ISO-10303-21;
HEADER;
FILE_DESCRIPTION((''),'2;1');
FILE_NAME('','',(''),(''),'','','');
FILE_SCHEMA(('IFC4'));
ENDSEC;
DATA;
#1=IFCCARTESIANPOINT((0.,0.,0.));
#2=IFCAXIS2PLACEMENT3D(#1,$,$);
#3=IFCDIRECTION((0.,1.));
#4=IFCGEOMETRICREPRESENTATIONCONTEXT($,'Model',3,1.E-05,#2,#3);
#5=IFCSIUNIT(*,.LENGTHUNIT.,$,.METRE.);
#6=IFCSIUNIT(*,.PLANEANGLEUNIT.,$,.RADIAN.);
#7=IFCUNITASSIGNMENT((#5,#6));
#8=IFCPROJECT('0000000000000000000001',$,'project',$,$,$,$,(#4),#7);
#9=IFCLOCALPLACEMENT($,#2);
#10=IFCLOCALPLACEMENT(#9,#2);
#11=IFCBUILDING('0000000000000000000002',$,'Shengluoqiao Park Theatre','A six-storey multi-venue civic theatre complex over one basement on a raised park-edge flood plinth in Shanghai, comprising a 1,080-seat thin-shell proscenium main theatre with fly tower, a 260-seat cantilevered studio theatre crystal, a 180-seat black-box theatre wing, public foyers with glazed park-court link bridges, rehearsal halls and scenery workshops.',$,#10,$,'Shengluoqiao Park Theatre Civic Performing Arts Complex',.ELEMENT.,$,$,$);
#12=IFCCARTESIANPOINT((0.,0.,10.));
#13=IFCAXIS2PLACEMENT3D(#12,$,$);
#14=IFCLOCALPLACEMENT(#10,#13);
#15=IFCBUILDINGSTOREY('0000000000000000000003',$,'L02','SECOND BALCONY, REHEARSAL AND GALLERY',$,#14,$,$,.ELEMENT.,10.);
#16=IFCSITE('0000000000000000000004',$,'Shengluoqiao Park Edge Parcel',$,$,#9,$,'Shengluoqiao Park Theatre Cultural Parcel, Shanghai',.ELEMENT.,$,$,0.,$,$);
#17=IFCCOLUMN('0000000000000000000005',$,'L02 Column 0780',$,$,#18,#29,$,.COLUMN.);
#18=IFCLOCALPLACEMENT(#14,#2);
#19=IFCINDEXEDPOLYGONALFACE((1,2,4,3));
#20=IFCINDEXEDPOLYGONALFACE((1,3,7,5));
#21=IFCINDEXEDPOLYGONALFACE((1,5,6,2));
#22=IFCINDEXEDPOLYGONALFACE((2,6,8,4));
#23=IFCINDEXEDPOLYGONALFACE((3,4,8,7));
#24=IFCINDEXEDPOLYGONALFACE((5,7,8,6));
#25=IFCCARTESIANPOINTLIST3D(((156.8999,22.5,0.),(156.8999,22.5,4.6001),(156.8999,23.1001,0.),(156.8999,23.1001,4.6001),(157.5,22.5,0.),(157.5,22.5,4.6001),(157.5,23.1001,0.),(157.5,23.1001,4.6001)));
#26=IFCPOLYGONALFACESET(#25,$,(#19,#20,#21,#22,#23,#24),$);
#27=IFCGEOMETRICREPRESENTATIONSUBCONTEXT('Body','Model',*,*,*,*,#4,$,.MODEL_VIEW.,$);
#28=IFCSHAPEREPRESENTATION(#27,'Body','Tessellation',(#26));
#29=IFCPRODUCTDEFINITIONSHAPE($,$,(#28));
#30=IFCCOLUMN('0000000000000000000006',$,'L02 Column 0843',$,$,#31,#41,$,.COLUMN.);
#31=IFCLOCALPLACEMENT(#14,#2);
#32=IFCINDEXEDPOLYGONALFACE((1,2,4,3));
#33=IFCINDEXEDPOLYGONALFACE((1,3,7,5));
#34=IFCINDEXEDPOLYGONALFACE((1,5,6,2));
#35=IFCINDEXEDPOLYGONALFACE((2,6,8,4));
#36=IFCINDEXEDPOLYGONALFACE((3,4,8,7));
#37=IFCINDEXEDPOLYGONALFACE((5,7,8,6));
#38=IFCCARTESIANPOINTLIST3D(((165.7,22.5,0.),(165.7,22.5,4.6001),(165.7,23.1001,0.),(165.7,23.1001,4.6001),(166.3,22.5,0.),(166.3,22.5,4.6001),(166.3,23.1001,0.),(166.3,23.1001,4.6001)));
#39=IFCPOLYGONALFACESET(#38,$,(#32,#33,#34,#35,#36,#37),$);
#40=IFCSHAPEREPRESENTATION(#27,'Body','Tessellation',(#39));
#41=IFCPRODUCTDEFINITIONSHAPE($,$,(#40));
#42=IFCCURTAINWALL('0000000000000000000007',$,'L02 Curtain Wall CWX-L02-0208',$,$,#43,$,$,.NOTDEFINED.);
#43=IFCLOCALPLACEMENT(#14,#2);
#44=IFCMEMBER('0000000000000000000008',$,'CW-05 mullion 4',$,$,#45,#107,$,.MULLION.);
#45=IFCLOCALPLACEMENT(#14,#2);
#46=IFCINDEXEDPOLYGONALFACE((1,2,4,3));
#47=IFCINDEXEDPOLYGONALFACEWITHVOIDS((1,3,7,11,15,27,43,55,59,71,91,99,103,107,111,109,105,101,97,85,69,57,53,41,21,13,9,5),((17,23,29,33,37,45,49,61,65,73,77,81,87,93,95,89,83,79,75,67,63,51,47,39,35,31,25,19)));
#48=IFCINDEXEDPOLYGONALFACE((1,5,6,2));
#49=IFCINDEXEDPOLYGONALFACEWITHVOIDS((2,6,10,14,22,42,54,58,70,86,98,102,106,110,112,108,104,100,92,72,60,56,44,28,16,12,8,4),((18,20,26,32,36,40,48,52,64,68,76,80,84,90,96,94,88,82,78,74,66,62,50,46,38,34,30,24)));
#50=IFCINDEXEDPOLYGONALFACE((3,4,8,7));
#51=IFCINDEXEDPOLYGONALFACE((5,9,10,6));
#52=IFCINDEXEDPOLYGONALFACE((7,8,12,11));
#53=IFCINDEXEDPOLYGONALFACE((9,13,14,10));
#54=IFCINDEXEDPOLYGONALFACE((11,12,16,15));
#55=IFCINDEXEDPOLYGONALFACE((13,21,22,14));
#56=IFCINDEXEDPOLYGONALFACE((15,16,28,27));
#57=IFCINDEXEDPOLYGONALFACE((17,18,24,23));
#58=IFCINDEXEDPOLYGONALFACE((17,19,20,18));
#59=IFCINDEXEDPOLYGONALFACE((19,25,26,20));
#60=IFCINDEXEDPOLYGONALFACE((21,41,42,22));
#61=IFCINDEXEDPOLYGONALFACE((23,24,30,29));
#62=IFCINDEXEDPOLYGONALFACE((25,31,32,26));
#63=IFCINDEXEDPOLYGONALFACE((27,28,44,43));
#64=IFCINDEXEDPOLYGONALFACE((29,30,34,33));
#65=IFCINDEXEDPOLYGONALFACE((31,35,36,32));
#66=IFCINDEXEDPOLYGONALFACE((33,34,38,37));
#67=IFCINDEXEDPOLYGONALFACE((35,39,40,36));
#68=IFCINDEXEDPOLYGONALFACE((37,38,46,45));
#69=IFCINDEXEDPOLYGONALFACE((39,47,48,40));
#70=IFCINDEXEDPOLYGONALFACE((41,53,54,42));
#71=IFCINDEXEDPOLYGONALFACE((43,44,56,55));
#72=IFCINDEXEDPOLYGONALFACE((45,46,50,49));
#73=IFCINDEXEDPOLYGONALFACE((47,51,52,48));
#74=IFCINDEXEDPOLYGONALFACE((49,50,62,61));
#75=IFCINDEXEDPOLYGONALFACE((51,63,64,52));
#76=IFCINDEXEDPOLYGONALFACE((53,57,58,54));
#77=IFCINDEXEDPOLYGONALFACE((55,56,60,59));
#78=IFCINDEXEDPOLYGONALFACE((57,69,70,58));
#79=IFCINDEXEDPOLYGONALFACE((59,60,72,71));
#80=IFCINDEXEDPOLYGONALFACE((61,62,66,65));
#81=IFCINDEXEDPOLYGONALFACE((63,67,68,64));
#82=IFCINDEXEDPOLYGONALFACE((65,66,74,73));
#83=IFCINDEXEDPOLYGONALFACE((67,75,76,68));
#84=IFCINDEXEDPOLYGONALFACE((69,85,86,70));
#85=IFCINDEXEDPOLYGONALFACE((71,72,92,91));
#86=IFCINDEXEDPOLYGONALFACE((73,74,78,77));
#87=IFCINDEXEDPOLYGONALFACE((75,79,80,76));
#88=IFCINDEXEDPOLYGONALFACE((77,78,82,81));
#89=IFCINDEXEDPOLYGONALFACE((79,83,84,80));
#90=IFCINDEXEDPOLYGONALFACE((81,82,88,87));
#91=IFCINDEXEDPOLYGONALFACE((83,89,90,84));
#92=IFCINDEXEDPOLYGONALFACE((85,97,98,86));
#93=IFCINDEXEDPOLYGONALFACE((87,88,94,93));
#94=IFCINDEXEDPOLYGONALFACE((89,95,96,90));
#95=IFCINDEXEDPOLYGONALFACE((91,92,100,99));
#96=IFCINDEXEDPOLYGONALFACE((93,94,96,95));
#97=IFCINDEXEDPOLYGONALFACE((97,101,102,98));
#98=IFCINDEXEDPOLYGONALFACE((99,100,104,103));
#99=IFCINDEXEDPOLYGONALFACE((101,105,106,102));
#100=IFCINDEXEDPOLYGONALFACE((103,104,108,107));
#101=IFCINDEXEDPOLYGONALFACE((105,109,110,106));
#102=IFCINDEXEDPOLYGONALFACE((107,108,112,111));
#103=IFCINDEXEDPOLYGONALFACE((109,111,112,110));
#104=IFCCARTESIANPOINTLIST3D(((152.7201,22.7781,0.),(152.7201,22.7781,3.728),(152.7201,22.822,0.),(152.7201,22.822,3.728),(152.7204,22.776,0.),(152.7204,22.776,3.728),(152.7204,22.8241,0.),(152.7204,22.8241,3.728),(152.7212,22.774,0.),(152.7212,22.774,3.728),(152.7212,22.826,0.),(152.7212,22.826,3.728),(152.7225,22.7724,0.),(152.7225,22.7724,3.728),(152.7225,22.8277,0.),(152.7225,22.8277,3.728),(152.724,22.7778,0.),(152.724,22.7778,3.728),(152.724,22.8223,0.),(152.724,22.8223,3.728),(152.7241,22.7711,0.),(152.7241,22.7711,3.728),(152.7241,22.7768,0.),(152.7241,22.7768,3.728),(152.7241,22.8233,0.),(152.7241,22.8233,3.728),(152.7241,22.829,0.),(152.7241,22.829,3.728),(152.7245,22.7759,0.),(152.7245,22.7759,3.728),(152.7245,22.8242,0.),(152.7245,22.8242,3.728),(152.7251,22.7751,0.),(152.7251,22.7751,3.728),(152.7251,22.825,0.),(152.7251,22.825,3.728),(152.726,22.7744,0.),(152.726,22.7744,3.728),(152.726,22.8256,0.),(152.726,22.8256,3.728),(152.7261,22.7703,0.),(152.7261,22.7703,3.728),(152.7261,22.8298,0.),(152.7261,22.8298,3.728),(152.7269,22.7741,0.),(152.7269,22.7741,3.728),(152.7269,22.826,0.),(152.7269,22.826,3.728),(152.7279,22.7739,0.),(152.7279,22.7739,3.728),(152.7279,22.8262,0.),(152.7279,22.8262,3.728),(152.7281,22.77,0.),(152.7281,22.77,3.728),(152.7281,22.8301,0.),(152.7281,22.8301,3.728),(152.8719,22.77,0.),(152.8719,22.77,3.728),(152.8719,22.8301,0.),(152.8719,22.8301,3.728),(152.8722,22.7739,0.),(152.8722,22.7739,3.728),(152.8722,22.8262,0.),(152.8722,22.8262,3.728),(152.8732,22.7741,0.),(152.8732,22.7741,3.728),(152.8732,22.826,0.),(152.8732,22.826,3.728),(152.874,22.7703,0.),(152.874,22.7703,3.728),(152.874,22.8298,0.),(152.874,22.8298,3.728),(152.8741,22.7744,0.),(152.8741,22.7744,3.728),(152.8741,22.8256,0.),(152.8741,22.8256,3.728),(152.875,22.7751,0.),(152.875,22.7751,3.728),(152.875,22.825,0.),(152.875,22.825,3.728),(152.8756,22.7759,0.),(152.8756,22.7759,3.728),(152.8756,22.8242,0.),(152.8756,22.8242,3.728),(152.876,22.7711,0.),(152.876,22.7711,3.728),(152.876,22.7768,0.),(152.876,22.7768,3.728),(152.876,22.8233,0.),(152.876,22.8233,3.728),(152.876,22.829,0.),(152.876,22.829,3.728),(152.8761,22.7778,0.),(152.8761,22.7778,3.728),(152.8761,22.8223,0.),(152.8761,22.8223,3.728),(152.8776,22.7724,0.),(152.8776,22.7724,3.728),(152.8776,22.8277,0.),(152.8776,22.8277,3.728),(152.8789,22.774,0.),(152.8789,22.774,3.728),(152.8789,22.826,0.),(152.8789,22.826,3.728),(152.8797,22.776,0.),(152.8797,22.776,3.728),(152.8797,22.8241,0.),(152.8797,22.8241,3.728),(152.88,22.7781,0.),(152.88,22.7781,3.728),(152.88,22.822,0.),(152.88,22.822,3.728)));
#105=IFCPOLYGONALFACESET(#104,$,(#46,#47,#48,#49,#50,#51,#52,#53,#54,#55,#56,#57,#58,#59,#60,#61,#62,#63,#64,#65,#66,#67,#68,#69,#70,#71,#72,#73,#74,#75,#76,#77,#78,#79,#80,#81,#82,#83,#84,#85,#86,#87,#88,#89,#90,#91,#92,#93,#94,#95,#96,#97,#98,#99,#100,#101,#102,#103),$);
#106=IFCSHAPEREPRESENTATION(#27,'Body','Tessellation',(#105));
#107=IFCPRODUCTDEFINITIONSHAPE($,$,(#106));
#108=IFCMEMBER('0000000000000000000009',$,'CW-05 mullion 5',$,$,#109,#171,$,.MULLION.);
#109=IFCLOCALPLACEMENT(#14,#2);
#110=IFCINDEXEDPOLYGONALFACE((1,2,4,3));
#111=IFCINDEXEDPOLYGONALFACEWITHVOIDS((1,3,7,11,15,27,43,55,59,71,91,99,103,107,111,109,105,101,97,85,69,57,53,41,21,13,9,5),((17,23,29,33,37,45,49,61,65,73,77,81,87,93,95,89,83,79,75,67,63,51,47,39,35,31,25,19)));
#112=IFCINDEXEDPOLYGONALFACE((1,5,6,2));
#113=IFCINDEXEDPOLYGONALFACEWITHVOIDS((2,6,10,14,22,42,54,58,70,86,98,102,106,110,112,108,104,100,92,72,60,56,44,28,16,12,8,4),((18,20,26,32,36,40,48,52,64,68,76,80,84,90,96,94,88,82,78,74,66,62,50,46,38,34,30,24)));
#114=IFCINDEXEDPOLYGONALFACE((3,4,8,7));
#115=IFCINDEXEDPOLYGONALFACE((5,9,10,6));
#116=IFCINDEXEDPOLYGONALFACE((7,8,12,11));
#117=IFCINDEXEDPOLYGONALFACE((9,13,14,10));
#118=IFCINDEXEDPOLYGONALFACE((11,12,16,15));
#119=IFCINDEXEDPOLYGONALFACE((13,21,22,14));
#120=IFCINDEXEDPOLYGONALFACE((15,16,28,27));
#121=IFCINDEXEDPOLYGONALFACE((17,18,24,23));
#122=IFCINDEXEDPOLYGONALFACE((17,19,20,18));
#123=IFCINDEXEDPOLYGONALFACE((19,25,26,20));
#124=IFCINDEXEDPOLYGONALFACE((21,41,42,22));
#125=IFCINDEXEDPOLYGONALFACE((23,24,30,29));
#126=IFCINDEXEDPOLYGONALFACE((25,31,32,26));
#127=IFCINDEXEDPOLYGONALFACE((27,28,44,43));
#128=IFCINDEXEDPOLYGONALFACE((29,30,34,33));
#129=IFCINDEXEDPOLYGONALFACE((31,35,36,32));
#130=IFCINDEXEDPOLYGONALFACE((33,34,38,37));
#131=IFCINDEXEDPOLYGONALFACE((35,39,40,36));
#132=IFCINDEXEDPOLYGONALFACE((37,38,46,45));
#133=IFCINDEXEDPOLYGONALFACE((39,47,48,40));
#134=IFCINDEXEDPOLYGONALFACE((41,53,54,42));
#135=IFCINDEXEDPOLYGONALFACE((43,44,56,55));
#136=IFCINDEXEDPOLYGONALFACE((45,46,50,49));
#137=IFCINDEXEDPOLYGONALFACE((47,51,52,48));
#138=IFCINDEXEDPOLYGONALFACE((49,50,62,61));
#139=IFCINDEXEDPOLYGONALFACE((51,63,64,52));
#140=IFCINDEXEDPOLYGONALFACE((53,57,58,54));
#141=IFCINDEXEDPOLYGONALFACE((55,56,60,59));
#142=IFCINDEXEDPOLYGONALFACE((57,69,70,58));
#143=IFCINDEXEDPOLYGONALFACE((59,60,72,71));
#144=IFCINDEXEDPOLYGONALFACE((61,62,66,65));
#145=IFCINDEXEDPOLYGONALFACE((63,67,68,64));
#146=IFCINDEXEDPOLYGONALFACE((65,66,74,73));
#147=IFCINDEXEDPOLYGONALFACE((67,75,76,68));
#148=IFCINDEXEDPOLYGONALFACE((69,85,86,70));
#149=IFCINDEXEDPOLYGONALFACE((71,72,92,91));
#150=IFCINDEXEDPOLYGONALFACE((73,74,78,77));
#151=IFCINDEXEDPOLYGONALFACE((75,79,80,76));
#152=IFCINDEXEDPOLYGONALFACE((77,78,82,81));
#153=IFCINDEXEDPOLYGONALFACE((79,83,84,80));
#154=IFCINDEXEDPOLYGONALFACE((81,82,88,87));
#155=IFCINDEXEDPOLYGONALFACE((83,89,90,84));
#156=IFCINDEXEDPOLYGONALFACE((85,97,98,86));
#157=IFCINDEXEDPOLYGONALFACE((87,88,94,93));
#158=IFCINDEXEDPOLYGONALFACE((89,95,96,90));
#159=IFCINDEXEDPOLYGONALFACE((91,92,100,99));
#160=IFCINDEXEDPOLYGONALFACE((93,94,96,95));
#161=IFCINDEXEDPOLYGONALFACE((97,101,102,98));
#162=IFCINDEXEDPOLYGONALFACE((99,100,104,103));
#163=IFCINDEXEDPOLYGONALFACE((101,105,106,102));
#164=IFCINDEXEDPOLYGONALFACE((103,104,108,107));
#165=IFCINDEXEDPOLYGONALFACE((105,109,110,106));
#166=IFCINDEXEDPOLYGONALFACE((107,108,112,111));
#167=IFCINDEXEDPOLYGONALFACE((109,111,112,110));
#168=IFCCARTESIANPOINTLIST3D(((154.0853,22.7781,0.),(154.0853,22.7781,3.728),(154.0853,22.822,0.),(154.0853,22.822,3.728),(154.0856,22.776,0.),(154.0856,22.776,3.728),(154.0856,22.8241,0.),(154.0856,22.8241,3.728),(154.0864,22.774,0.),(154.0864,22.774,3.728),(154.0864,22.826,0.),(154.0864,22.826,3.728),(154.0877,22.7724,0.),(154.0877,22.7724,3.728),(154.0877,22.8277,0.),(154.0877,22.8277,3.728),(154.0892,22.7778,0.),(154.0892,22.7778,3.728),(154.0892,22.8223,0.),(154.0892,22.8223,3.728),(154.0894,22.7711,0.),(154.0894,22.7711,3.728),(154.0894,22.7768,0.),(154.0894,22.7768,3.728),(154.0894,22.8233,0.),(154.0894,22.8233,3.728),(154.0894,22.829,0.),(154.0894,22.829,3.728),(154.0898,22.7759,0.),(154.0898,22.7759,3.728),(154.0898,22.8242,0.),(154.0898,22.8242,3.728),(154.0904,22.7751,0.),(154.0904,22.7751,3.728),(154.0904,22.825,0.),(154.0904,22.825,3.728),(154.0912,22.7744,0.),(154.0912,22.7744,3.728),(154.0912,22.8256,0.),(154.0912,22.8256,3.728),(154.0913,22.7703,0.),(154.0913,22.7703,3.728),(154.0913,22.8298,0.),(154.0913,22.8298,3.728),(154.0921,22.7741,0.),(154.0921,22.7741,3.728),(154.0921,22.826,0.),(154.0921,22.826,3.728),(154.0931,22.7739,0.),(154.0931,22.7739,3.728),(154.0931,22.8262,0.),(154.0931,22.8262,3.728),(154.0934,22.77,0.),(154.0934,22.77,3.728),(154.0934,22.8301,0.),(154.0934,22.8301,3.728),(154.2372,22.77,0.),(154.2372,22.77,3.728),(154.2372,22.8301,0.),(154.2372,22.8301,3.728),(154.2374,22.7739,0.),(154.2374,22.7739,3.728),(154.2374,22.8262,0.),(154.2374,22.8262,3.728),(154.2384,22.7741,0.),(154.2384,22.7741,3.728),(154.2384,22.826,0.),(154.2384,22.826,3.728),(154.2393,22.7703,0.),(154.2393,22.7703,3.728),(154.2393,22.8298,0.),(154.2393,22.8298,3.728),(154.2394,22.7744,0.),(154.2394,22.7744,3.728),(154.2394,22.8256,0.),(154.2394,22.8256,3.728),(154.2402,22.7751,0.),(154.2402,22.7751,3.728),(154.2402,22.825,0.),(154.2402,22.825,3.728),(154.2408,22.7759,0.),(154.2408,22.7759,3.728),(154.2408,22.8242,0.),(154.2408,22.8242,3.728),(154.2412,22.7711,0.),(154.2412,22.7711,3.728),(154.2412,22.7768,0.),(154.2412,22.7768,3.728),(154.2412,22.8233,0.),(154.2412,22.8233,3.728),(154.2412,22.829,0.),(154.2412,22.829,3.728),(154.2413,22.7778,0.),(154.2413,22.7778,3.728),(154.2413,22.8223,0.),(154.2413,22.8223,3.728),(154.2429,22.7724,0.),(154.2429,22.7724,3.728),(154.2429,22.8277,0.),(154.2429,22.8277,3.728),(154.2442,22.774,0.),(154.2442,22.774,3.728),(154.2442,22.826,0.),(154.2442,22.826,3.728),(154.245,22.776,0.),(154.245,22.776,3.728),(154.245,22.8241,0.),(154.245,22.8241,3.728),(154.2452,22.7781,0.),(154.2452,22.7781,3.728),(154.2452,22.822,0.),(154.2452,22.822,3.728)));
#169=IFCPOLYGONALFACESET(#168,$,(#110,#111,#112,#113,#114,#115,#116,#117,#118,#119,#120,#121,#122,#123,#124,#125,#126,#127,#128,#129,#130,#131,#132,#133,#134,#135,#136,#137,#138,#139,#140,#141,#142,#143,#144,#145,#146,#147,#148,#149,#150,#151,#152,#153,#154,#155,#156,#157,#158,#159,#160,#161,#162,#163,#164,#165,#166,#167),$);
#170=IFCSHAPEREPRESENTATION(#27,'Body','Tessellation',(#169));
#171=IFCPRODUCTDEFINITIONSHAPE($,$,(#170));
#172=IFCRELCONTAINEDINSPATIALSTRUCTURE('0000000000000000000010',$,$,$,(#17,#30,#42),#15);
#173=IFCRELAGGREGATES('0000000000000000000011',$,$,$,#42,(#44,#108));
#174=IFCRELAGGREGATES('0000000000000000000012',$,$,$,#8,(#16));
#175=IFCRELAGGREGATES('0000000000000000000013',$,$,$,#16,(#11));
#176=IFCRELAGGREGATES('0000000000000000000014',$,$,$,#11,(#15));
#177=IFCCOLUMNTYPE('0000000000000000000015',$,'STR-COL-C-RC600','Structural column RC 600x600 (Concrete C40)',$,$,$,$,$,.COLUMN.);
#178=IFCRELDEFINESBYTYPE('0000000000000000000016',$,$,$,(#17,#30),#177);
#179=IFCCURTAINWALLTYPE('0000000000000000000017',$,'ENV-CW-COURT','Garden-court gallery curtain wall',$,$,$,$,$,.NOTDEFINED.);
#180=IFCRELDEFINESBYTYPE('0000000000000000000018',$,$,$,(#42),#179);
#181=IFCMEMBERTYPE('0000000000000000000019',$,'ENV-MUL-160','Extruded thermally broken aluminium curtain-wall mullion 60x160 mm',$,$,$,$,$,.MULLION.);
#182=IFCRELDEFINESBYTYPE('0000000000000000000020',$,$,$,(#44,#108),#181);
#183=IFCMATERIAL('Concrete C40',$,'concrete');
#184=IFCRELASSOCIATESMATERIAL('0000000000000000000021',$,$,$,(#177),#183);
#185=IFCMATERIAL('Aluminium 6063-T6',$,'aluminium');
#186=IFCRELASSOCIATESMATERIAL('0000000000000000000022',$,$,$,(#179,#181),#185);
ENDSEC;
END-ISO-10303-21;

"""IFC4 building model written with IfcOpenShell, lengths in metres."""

from ifc_helpers import new_model, si_unit, direction, frame, origin, origin_2d, place, context, subcontext, project, spatial, rectangle, hollow_rectangle, extrude, material, material_profile, profile_set, type_object, element, aggregate, save


model = new_model("IFC4")

# Units and contexts
model_context = context("Model", 3, precision=1e-05, world=origin(), true_north=direction((0.0, 1.0)))
body_context = subcontext(model_context, "Body", "Model", "MODEL_VIEW")
ifc_project = project(units=[si_unit("LENGTHUNIT", "METRE"), si_unit("PLANEANGLEUNIT", "RADIAN")], contexts=[model_context])

# Site, building, storey
site_placement = place(None, origin())
site = spatial("IfcSite", under=ifc_project, at=site_placement, Name="Shengluoqiao Park Edge Parcel", LongName="Shengluoqiao Park Theatre Cultural Parcel, Shanghai", CompositionType="ELEMENT", RefElevation=0.0)
building_placement = place(site_placement, origin())
building = spatial("IfcBuilding", under=site, at=building_placement, Name="Shengluoqiao Park Theatre", Description="A six-storey multi-venue civic theatre complex over one basement on a raised park-edge flood plinth in Shanghai, comprising a 1,080-seat thin-shell proscenium main theatre with fly tower, a 260-seat cantilevered studio theatre crystal, a 180-seat black-box theatre wing, public foyers with glazed park-court link bridges, rehearsal halls and scenery workshops.", LongName="Shengluoqiao Park Theatre Civic Performing Arts Complex", CompositionType="ELEMENT")
storey_placement = place(building_placement, frame((0.0, 0.0, 10.0)))
storey = spatial("IfcBuildingStorey", under=building, at=storey_placement, Name="L02", Description="SECOND BALCONY, REHEARSAL AND GALLERY", CompositionType="ELEMENT", Elevation=10.0)

# Columns
ifc_material_1 = material(Name="Concrete C40", Category="concrete")
ifc_material_profile_1 = material_profile(ifc_material_1, rectangle(XDim=0.6001, YDim=0.6001, at=origin_2d()), Name="RC 600x600")
ifc_profile_set_1 = profile_set([ifc_material_profile_1], Name="Concrete C40")
column_type = type_object("IfcColumnType", Name="STR-COL-C-RC600", Description="Structural column RC 600x600 (Concrete C40)", PredefinedType="COLUMN", material=ifc_profile_set_1)
for number, where, z_axis, x_axis, name in (
    (1, (157.2, 22.8, 0.0), (0.0, 0.0, 1.0), (1.0, 0.0, 0.0), "L02 Column 0780"),
    (2, (166.0, 22.8, 0.0), (0.0, 0.0, 1.0), (1.0, 0.0, 0.0), "L02 Column 0843"),
):
    element("IfcColumn", number, at=place(storey_placement, frame(where, z_axis=z_axis, x_axis=x_axis)), inside=storey, type_object=column_type, Name=name, PredefinedType="COLUMN", context=body_context, shape_type="SweptSolid", body=[
        extrude(rectangle(XDim=0.6001, YDim=0.6001, at=origin_2d()), origin(), (0.0, 0.0, 1.0), 4.6001),
    ])

# Curtain wall, members
ifc_material_2 = material(Name="Aluminium 6063-T6", Category="aluminium")
curtain_wall_type = type_object("IfcCurtainWallType", Name="ENV-CW-COURT", Description="Garden-court gallery curtain wall", PredefinedType="NOTDEFINED", material=ifc_material_2)
curtain_wall_placement = place(storey_placement, origin())
curtain_wall = element("IfcCurtainWall", 3, at=curtain_wall_placement, inside=storey, type_object=curtain_wall_type, Name="L02 Curtain Wall CWX-L02-0208", PredefinedType="NOTDEFINED")
ifc_material_profile_2 = material_profile(ifc_material_2, hollow_rectangle(XDim=0.0601, YDim=0.1599, WallThickness=0.0039, InnerFilletRadius=0.0039, OuterFilletRadius=0.0081, at=origin_2d()), Name="ALU MULLION 160x60x4")
ifc_profile_set_2 = profile_set([ifc_material_profile_2], Name="Aluminium 6063-T6")
member_type_1 = type_object("IfcMemberType", Name="ENV-MUL-160", Description="Extruded thermally broken aluminium curtain-wall mullion 60x160 mm", PredefinedType="MULLION", material=ifc_profile_set_2)
member_1_placement = place(storey_placement, frame((152.8, 22.8, 0.0), z_axis=(0.0, 0.0, 1.0), x_axis=(0.0, 1.0, 0.0)))
member_1 = element("IfcMember", 4, at=member_1_placement, type_object=member_type_1, Name="CW-05 mullion 4", PredefinedType="MULLION", context=body_context, shape_type="SweptSolid", body=[
    extrude(hollow_rectangle(XDim=0.0601, YDim=0.1599, WallThickness=0.0039, InnerFilletRadius=0.0039, OuterFilletRadius=0.0081, at=origin_2d()), origin(), (0.0, 0.0, 1.0), 3.728),
])
member_2_placement = place(storey_placement, frame((154.1653, 22.8, 0.0), z_axis=(0.0, 0.0, 1.0), x_axis=(0.0, 1.0, 0.0)))
member_2 = element("IfcMember", 5, at=member_2_placement, type_object=member_type_1, Name="CW-05 mullion 5", PredefinedType="MULLION", context=body_context, shape_type="SweptSolid", body=[
    extrude(hollow_rectangle(XDim=0.0601, YDim=0.1599, WallThickness=0.0039, InnerFilletRadius=0.0039, OuterFilletRadius=0.0081, at=origin_2d()), origin(), (0.0, 0.0, 1.0), 3.728),
])

aggregate(curtain_wall, [member_1, member_2])

save(model, "model.ifc")
